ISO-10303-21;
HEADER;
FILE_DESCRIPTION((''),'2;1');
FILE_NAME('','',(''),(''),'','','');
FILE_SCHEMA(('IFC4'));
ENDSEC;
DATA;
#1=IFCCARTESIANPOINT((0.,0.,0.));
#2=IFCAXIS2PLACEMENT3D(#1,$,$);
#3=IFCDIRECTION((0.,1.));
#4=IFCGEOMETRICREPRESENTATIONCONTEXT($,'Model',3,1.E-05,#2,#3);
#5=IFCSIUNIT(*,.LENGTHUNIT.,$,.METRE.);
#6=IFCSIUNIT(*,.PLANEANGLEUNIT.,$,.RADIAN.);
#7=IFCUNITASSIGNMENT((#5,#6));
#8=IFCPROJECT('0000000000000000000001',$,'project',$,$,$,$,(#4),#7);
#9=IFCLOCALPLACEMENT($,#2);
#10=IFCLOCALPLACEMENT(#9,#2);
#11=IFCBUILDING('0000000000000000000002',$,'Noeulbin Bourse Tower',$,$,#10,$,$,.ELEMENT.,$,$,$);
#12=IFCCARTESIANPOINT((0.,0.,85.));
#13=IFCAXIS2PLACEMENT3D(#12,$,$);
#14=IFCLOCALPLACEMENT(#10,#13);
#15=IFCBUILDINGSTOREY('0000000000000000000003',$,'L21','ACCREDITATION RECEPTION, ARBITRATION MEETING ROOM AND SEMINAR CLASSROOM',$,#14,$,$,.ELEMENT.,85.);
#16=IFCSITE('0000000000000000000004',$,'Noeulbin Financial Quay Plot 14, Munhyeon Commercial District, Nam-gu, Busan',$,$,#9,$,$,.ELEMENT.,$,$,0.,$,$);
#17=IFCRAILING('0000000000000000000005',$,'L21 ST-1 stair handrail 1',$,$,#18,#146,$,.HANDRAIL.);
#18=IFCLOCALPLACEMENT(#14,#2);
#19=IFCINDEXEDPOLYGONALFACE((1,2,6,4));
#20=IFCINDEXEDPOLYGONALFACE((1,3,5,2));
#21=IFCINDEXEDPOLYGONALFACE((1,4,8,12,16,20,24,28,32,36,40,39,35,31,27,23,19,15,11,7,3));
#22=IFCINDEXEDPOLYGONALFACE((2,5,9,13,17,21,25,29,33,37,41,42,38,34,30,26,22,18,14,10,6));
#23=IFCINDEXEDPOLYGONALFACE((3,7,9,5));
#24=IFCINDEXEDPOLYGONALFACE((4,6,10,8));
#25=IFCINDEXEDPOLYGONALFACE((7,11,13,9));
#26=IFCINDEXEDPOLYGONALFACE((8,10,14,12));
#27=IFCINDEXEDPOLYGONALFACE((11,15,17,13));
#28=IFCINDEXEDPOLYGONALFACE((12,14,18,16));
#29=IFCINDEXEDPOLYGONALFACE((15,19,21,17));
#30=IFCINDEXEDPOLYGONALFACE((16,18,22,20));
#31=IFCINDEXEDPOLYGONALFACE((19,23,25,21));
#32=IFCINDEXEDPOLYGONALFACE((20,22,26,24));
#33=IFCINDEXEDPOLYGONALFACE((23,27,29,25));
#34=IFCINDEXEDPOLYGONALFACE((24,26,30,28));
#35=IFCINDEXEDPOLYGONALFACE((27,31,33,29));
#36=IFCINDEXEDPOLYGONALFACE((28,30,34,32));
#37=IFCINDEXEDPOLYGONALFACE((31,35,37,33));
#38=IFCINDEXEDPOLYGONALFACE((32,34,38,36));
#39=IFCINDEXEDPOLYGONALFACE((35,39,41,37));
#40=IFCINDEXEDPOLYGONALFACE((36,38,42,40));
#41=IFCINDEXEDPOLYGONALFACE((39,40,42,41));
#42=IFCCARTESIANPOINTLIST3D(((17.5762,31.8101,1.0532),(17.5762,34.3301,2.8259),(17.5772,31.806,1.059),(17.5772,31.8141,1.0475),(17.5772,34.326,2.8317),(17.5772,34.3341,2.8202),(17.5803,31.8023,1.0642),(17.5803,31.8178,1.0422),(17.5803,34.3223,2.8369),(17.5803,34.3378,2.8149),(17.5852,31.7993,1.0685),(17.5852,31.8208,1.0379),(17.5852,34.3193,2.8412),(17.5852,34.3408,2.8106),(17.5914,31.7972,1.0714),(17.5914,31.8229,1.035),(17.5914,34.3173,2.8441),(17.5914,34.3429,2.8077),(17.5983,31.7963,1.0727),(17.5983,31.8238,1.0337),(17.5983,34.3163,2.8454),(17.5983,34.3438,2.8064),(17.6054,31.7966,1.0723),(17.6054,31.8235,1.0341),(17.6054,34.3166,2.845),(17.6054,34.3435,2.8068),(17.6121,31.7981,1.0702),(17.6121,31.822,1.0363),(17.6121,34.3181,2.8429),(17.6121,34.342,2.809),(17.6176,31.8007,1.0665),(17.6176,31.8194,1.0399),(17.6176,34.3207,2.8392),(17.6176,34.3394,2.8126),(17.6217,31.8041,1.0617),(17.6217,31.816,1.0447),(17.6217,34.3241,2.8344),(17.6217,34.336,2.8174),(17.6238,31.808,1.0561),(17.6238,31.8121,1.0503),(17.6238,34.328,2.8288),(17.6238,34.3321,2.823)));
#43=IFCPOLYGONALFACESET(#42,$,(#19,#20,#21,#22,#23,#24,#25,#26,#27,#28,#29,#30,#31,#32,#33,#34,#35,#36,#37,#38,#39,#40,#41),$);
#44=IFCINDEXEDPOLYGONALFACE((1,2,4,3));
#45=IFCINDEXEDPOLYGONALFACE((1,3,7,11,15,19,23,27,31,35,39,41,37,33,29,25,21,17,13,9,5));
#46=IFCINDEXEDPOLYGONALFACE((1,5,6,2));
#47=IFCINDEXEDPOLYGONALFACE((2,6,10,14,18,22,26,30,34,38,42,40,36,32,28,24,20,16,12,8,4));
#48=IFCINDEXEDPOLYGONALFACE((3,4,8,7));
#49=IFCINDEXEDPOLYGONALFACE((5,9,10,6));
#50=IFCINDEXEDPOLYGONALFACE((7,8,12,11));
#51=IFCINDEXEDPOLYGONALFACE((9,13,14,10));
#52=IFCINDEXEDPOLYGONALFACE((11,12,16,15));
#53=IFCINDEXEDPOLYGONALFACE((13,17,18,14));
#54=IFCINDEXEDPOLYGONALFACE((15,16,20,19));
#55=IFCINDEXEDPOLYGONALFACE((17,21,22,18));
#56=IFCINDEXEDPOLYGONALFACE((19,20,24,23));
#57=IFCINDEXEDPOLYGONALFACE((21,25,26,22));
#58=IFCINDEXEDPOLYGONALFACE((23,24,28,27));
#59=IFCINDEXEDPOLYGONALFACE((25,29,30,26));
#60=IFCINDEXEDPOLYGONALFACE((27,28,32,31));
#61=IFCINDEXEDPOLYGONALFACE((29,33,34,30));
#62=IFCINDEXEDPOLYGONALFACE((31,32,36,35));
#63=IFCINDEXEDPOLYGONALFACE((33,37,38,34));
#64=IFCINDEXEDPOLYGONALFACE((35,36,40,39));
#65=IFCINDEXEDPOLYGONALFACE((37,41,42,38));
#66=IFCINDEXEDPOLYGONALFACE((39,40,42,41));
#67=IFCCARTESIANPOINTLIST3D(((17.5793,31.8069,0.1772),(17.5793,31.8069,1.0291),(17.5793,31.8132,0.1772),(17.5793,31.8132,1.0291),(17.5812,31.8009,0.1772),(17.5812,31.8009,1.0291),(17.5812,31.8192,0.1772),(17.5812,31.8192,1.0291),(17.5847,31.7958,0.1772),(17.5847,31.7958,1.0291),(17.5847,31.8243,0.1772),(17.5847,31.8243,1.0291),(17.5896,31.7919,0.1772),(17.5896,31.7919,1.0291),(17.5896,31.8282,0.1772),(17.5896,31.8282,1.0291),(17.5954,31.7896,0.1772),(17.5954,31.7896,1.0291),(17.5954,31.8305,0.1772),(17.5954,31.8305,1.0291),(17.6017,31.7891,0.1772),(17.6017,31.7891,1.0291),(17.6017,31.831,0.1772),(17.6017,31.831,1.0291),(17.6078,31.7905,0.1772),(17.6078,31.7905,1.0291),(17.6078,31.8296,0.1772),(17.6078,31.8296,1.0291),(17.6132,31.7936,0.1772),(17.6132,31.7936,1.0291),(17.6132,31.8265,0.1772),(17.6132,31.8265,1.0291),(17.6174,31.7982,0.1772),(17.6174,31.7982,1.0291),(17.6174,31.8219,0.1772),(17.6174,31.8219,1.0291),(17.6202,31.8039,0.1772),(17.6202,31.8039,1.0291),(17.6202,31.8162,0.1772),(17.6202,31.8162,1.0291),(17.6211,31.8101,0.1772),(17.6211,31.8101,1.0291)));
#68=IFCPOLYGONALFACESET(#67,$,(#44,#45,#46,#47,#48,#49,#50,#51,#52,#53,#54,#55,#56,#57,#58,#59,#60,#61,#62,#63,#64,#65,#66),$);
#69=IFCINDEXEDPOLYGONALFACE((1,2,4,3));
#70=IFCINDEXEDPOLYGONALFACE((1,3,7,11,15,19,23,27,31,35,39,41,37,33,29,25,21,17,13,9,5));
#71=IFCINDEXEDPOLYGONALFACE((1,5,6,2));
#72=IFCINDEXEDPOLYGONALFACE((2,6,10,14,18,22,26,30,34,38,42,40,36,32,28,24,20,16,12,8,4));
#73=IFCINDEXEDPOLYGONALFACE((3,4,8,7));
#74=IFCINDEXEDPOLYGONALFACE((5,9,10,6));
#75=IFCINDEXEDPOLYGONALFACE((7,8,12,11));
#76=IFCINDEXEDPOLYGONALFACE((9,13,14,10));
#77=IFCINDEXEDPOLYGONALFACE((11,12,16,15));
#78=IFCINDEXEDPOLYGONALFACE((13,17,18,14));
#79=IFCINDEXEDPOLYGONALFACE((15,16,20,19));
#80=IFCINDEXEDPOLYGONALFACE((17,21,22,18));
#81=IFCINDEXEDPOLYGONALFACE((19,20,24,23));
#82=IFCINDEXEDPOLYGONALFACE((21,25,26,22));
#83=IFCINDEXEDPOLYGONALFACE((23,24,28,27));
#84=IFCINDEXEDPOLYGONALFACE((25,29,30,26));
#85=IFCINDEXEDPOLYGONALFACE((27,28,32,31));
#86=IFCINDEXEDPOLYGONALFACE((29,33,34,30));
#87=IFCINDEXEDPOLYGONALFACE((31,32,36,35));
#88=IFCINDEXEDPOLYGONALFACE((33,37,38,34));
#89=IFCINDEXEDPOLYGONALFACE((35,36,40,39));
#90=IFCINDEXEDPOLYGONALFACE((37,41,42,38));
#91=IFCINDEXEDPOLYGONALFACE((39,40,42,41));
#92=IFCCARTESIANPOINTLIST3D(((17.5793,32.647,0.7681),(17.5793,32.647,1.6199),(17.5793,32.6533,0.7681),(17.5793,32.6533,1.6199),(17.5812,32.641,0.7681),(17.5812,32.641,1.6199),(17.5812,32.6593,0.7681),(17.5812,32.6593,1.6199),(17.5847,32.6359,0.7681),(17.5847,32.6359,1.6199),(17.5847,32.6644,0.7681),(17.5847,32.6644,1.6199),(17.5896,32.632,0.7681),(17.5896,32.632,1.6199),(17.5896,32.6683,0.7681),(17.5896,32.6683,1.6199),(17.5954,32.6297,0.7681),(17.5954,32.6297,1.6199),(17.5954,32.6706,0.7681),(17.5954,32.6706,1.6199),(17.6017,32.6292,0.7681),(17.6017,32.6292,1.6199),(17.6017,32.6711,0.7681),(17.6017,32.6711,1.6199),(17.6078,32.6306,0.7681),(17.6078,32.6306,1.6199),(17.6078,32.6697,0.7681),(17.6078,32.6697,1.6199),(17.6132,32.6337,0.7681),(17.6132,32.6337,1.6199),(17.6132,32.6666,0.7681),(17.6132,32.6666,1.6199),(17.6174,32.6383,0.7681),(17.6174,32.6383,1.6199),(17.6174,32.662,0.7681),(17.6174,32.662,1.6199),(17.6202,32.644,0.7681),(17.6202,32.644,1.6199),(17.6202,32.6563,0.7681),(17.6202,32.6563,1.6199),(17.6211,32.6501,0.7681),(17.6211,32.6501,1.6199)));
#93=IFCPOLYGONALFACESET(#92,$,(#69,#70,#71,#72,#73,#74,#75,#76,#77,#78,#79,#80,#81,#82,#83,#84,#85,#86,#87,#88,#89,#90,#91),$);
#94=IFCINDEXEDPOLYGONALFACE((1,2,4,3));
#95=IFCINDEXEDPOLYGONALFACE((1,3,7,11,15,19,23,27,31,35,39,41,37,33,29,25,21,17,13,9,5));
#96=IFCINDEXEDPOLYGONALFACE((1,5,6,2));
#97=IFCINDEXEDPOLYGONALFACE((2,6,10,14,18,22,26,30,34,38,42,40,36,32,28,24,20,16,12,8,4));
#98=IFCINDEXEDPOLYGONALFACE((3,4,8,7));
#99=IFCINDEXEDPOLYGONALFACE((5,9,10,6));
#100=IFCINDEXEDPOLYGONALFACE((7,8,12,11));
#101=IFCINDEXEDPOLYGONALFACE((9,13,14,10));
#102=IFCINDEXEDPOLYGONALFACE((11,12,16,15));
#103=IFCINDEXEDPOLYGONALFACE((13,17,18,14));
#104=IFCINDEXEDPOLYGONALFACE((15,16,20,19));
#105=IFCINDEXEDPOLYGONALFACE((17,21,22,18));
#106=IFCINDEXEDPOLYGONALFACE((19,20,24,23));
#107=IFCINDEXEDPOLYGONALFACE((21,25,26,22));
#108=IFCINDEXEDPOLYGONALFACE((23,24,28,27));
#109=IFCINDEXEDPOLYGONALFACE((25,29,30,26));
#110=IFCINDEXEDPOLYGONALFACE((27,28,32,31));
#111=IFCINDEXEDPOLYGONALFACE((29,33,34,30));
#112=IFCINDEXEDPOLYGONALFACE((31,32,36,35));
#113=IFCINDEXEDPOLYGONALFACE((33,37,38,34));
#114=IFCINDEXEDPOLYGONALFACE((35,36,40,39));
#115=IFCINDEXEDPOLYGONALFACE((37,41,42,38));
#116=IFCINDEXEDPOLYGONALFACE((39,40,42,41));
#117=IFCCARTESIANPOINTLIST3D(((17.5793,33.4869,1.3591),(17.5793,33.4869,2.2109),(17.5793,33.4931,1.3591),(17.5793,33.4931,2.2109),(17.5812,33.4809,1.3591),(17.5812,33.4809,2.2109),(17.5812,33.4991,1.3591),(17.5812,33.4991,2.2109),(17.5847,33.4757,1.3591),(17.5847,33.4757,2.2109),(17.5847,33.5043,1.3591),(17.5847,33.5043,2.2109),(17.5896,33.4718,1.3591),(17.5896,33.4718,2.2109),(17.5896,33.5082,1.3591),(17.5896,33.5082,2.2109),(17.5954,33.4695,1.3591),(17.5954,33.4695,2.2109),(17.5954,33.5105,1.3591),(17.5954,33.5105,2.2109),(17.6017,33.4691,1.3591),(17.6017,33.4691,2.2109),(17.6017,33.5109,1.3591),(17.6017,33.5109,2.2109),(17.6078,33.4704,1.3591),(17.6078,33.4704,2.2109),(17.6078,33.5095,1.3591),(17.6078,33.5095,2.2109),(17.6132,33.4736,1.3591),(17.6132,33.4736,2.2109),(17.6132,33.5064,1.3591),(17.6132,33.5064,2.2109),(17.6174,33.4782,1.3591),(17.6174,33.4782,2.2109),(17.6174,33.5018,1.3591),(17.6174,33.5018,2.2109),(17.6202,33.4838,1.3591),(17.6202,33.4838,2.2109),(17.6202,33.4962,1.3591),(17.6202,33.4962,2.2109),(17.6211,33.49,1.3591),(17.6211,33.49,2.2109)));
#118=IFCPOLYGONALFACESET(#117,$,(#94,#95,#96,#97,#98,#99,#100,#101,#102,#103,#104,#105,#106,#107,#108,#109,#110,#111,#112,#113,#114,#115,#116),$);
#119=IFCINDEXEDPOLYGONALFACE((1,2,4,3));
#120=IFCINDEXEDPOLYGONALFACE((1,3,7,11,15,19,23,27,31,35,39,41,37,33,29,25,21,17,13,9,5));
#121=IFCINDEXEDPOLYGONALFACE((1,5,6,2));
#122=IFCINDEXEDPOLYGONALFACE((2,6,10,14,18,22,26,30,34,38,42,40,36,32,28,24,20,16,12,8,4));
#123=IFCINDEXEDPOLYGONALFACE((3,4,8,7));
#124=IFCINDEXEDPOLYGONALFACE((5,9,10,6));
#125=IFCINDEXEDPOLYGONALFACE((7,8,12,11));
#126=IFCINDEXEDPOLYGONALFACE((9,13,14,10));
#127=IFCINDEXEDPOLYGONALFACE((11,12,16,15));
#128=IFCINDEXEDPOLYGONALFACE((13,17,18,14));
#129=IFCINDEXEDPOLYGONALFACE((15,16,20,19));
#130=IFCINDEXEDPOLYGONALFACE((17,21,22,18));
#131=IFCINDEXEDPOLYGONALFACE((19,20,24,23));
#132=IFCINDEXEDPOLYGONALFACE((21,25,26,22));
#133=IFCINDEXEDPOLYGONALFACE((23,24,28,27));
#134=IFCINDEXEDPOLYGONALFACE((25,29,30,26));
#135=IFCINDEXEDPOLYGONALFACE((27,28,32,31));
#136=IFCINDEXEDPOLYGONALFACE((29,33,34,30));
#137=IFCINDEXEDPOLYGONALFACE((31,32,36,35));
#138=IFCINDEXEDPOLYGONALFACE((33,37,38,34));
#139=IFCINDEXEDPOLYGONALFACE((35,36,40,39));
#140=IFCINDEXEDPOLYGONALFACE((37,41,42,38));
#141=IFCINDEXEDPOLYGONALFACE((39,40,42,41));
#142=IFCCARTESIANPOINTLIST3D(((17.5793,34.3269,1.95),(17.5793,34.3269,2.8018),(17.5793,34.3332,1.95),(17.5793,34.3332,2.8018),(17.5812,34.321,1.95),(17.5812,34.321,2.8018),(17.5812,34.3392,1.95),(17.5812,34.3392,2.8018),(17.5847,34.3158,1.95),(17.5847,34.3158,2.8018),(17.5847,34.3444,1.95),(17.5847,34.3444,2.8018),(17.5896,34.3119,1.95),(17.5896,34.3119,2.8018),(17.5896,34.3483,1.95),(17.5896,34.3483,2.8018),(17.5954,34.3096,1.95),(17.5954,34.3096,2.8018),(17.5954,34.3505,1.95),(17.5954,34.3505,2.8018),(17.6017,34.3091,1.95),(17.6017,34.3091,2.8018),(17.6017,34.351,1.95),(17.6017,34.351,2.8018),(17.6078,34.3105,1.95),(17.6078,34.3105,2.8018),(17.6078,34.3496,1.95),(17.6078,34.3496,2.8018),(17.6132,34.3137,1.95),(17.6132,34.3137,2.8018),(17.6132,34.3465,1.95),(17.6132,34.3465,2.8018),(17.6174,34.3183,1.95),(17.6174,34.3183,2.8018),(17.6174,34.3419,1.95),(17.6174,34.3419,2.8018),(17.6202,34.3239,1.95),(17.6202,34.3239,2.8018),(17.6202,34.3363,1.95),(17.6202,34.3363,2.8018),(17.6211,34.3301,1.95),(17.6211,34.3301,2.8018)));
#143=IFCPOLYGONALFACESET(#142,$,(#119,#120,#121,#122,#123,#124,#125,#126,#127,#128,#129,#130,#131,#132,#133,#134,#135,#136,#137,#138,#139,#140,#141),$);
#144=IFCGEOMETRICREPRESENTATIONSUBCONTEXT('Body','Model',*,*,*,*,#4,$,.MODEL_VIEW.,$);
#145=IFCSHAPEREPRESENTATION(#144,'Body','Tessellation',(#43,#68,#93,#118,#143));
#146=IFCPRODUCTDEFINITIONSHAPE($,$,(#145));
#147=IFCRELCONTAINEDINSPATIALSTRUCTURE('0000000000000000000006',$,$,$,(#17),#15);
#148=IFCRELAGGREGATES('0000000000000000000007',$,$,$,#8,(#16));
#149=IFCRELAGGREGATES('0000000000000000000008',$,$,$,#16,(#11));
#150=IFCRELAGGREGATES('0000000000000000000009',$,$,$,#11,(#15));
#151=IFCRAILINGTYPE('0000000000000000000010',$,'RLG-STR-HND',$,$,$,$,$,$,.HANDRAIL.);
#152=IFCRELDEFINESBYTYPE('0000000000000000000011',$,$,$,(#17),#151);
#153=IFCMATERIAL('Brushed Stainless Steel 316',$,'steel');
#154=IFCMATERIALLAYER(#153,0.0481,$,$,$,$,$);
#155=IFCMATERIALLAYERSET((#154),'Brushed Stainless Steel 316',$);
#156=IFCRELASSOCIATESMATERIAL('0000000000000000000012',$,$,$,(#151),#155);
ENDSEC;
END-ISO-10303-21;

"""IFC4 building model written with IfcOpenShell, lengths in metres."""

from ifc_helpers import new_model, si_unit, direction, frame, origin, origin_2d, place, context, subcontext, project, spatial, circle, extrude, material, layer, layer_set, type_object, element, save


model = new_model("IFC4")

# Units and contexts
model_context = context("Model", 3, precision=1e-05, world=origin(), true_north=direction((0.0, 1.0)))
body_context = subcontext(model_context, "Body", "Model", "MODEL_VIEW")
ifc_project = project(units=[si_unit("LENGTHUNIT", "METRE"), si_unit("PLANEANGLEUNIT", "RADIAN")], contexts=[model_context])

# Site, building, storey
site_placement = place(None, origin())
site = spatial("IfcSite", under=ifc_project, at=site_placement, Name="Noeulbin Financial Quay Plot 14, Munhyeon Commercial District, Nam-gu, Busan", CompositionType="ELEMENT", RefElevation=0.0)
building_placement = place(site_placement, origin())
building = spatial("IfcBuilding", under=site, at=building_placement, Name="Noeulbin Bourse Tower", CompositionType="ELEMENT")
storey_placement = place(building_placement, frame((0.0, 0.0, 85.0)))
storey = spatial("IfcBuildingStorey", under=building, at=storey_placement, Name="L21", Description="ACCREDITATION RECEPTION, ARBITRATION MEETING ROOM AND SEMINAR CLASSROOM", CompositionType="ELEMENT", Elevation=85.0)

# Shared definitions
ifc_material_1 = material(Name="Brushed Stainless Steel 316", Category="steel")

# Railing
ifc_layer_1 = layer(ifc_material_1, 0.0481)
ifc_layer_set_1 = layer_set([ifc_layer_1], Name="Brushed Stainless Steel 316")
railing_type_1 = type_object("IfcRailingType", Name="RLG-STR-HND", PredefinedType="HANDRAIL", material=ifc_layer_set_1)
railing_1_placement = place(storey_placement, frame((17.6001, 31.8101, 0.1772)))
element("IfcRailing", 1, at=railing_1_placement, inside=storey, type_object=railing_type_1, Name="L21 ST-1 stair handrail 1", PredefinedType="HANDRAIL", context=body_context, shape_type="SweptSolid", body=[
    extrude(circle(Radius=0.0239, at=origin_2d()), frame((0.0, 0.0, 0.876), z_axis=(0.0, 0.817904, 0.575354), x_axis=(-1.0, 0.0, 0.0)), (0.0, 0.0, 1.0), 3.0811),
    extrude(circle(Radius=0.021, at=origin_2d()), origin(), (0.0, 0.0, 1.0), 0.8518),
    extrude(circle(Radius=0.021, at=origin_2d()), frame((0.0, 0.8401, 0.5908)), (0.0, 0.0, 1.0), 0.8518),
    extrude(circle(Radius=0.021, at=origin_2d()), frame((0.0, 1.6799, 1.1819)), (0.0, 0.0, 1.0), 0.8518),
    extrude(circle(Radius=0.021, at=origin_2d()), frame((0.0, 2.52, 1.7727)), (0.0, 0.0, 1.0), 0.8518),
])

save(model, "model.ifc")
